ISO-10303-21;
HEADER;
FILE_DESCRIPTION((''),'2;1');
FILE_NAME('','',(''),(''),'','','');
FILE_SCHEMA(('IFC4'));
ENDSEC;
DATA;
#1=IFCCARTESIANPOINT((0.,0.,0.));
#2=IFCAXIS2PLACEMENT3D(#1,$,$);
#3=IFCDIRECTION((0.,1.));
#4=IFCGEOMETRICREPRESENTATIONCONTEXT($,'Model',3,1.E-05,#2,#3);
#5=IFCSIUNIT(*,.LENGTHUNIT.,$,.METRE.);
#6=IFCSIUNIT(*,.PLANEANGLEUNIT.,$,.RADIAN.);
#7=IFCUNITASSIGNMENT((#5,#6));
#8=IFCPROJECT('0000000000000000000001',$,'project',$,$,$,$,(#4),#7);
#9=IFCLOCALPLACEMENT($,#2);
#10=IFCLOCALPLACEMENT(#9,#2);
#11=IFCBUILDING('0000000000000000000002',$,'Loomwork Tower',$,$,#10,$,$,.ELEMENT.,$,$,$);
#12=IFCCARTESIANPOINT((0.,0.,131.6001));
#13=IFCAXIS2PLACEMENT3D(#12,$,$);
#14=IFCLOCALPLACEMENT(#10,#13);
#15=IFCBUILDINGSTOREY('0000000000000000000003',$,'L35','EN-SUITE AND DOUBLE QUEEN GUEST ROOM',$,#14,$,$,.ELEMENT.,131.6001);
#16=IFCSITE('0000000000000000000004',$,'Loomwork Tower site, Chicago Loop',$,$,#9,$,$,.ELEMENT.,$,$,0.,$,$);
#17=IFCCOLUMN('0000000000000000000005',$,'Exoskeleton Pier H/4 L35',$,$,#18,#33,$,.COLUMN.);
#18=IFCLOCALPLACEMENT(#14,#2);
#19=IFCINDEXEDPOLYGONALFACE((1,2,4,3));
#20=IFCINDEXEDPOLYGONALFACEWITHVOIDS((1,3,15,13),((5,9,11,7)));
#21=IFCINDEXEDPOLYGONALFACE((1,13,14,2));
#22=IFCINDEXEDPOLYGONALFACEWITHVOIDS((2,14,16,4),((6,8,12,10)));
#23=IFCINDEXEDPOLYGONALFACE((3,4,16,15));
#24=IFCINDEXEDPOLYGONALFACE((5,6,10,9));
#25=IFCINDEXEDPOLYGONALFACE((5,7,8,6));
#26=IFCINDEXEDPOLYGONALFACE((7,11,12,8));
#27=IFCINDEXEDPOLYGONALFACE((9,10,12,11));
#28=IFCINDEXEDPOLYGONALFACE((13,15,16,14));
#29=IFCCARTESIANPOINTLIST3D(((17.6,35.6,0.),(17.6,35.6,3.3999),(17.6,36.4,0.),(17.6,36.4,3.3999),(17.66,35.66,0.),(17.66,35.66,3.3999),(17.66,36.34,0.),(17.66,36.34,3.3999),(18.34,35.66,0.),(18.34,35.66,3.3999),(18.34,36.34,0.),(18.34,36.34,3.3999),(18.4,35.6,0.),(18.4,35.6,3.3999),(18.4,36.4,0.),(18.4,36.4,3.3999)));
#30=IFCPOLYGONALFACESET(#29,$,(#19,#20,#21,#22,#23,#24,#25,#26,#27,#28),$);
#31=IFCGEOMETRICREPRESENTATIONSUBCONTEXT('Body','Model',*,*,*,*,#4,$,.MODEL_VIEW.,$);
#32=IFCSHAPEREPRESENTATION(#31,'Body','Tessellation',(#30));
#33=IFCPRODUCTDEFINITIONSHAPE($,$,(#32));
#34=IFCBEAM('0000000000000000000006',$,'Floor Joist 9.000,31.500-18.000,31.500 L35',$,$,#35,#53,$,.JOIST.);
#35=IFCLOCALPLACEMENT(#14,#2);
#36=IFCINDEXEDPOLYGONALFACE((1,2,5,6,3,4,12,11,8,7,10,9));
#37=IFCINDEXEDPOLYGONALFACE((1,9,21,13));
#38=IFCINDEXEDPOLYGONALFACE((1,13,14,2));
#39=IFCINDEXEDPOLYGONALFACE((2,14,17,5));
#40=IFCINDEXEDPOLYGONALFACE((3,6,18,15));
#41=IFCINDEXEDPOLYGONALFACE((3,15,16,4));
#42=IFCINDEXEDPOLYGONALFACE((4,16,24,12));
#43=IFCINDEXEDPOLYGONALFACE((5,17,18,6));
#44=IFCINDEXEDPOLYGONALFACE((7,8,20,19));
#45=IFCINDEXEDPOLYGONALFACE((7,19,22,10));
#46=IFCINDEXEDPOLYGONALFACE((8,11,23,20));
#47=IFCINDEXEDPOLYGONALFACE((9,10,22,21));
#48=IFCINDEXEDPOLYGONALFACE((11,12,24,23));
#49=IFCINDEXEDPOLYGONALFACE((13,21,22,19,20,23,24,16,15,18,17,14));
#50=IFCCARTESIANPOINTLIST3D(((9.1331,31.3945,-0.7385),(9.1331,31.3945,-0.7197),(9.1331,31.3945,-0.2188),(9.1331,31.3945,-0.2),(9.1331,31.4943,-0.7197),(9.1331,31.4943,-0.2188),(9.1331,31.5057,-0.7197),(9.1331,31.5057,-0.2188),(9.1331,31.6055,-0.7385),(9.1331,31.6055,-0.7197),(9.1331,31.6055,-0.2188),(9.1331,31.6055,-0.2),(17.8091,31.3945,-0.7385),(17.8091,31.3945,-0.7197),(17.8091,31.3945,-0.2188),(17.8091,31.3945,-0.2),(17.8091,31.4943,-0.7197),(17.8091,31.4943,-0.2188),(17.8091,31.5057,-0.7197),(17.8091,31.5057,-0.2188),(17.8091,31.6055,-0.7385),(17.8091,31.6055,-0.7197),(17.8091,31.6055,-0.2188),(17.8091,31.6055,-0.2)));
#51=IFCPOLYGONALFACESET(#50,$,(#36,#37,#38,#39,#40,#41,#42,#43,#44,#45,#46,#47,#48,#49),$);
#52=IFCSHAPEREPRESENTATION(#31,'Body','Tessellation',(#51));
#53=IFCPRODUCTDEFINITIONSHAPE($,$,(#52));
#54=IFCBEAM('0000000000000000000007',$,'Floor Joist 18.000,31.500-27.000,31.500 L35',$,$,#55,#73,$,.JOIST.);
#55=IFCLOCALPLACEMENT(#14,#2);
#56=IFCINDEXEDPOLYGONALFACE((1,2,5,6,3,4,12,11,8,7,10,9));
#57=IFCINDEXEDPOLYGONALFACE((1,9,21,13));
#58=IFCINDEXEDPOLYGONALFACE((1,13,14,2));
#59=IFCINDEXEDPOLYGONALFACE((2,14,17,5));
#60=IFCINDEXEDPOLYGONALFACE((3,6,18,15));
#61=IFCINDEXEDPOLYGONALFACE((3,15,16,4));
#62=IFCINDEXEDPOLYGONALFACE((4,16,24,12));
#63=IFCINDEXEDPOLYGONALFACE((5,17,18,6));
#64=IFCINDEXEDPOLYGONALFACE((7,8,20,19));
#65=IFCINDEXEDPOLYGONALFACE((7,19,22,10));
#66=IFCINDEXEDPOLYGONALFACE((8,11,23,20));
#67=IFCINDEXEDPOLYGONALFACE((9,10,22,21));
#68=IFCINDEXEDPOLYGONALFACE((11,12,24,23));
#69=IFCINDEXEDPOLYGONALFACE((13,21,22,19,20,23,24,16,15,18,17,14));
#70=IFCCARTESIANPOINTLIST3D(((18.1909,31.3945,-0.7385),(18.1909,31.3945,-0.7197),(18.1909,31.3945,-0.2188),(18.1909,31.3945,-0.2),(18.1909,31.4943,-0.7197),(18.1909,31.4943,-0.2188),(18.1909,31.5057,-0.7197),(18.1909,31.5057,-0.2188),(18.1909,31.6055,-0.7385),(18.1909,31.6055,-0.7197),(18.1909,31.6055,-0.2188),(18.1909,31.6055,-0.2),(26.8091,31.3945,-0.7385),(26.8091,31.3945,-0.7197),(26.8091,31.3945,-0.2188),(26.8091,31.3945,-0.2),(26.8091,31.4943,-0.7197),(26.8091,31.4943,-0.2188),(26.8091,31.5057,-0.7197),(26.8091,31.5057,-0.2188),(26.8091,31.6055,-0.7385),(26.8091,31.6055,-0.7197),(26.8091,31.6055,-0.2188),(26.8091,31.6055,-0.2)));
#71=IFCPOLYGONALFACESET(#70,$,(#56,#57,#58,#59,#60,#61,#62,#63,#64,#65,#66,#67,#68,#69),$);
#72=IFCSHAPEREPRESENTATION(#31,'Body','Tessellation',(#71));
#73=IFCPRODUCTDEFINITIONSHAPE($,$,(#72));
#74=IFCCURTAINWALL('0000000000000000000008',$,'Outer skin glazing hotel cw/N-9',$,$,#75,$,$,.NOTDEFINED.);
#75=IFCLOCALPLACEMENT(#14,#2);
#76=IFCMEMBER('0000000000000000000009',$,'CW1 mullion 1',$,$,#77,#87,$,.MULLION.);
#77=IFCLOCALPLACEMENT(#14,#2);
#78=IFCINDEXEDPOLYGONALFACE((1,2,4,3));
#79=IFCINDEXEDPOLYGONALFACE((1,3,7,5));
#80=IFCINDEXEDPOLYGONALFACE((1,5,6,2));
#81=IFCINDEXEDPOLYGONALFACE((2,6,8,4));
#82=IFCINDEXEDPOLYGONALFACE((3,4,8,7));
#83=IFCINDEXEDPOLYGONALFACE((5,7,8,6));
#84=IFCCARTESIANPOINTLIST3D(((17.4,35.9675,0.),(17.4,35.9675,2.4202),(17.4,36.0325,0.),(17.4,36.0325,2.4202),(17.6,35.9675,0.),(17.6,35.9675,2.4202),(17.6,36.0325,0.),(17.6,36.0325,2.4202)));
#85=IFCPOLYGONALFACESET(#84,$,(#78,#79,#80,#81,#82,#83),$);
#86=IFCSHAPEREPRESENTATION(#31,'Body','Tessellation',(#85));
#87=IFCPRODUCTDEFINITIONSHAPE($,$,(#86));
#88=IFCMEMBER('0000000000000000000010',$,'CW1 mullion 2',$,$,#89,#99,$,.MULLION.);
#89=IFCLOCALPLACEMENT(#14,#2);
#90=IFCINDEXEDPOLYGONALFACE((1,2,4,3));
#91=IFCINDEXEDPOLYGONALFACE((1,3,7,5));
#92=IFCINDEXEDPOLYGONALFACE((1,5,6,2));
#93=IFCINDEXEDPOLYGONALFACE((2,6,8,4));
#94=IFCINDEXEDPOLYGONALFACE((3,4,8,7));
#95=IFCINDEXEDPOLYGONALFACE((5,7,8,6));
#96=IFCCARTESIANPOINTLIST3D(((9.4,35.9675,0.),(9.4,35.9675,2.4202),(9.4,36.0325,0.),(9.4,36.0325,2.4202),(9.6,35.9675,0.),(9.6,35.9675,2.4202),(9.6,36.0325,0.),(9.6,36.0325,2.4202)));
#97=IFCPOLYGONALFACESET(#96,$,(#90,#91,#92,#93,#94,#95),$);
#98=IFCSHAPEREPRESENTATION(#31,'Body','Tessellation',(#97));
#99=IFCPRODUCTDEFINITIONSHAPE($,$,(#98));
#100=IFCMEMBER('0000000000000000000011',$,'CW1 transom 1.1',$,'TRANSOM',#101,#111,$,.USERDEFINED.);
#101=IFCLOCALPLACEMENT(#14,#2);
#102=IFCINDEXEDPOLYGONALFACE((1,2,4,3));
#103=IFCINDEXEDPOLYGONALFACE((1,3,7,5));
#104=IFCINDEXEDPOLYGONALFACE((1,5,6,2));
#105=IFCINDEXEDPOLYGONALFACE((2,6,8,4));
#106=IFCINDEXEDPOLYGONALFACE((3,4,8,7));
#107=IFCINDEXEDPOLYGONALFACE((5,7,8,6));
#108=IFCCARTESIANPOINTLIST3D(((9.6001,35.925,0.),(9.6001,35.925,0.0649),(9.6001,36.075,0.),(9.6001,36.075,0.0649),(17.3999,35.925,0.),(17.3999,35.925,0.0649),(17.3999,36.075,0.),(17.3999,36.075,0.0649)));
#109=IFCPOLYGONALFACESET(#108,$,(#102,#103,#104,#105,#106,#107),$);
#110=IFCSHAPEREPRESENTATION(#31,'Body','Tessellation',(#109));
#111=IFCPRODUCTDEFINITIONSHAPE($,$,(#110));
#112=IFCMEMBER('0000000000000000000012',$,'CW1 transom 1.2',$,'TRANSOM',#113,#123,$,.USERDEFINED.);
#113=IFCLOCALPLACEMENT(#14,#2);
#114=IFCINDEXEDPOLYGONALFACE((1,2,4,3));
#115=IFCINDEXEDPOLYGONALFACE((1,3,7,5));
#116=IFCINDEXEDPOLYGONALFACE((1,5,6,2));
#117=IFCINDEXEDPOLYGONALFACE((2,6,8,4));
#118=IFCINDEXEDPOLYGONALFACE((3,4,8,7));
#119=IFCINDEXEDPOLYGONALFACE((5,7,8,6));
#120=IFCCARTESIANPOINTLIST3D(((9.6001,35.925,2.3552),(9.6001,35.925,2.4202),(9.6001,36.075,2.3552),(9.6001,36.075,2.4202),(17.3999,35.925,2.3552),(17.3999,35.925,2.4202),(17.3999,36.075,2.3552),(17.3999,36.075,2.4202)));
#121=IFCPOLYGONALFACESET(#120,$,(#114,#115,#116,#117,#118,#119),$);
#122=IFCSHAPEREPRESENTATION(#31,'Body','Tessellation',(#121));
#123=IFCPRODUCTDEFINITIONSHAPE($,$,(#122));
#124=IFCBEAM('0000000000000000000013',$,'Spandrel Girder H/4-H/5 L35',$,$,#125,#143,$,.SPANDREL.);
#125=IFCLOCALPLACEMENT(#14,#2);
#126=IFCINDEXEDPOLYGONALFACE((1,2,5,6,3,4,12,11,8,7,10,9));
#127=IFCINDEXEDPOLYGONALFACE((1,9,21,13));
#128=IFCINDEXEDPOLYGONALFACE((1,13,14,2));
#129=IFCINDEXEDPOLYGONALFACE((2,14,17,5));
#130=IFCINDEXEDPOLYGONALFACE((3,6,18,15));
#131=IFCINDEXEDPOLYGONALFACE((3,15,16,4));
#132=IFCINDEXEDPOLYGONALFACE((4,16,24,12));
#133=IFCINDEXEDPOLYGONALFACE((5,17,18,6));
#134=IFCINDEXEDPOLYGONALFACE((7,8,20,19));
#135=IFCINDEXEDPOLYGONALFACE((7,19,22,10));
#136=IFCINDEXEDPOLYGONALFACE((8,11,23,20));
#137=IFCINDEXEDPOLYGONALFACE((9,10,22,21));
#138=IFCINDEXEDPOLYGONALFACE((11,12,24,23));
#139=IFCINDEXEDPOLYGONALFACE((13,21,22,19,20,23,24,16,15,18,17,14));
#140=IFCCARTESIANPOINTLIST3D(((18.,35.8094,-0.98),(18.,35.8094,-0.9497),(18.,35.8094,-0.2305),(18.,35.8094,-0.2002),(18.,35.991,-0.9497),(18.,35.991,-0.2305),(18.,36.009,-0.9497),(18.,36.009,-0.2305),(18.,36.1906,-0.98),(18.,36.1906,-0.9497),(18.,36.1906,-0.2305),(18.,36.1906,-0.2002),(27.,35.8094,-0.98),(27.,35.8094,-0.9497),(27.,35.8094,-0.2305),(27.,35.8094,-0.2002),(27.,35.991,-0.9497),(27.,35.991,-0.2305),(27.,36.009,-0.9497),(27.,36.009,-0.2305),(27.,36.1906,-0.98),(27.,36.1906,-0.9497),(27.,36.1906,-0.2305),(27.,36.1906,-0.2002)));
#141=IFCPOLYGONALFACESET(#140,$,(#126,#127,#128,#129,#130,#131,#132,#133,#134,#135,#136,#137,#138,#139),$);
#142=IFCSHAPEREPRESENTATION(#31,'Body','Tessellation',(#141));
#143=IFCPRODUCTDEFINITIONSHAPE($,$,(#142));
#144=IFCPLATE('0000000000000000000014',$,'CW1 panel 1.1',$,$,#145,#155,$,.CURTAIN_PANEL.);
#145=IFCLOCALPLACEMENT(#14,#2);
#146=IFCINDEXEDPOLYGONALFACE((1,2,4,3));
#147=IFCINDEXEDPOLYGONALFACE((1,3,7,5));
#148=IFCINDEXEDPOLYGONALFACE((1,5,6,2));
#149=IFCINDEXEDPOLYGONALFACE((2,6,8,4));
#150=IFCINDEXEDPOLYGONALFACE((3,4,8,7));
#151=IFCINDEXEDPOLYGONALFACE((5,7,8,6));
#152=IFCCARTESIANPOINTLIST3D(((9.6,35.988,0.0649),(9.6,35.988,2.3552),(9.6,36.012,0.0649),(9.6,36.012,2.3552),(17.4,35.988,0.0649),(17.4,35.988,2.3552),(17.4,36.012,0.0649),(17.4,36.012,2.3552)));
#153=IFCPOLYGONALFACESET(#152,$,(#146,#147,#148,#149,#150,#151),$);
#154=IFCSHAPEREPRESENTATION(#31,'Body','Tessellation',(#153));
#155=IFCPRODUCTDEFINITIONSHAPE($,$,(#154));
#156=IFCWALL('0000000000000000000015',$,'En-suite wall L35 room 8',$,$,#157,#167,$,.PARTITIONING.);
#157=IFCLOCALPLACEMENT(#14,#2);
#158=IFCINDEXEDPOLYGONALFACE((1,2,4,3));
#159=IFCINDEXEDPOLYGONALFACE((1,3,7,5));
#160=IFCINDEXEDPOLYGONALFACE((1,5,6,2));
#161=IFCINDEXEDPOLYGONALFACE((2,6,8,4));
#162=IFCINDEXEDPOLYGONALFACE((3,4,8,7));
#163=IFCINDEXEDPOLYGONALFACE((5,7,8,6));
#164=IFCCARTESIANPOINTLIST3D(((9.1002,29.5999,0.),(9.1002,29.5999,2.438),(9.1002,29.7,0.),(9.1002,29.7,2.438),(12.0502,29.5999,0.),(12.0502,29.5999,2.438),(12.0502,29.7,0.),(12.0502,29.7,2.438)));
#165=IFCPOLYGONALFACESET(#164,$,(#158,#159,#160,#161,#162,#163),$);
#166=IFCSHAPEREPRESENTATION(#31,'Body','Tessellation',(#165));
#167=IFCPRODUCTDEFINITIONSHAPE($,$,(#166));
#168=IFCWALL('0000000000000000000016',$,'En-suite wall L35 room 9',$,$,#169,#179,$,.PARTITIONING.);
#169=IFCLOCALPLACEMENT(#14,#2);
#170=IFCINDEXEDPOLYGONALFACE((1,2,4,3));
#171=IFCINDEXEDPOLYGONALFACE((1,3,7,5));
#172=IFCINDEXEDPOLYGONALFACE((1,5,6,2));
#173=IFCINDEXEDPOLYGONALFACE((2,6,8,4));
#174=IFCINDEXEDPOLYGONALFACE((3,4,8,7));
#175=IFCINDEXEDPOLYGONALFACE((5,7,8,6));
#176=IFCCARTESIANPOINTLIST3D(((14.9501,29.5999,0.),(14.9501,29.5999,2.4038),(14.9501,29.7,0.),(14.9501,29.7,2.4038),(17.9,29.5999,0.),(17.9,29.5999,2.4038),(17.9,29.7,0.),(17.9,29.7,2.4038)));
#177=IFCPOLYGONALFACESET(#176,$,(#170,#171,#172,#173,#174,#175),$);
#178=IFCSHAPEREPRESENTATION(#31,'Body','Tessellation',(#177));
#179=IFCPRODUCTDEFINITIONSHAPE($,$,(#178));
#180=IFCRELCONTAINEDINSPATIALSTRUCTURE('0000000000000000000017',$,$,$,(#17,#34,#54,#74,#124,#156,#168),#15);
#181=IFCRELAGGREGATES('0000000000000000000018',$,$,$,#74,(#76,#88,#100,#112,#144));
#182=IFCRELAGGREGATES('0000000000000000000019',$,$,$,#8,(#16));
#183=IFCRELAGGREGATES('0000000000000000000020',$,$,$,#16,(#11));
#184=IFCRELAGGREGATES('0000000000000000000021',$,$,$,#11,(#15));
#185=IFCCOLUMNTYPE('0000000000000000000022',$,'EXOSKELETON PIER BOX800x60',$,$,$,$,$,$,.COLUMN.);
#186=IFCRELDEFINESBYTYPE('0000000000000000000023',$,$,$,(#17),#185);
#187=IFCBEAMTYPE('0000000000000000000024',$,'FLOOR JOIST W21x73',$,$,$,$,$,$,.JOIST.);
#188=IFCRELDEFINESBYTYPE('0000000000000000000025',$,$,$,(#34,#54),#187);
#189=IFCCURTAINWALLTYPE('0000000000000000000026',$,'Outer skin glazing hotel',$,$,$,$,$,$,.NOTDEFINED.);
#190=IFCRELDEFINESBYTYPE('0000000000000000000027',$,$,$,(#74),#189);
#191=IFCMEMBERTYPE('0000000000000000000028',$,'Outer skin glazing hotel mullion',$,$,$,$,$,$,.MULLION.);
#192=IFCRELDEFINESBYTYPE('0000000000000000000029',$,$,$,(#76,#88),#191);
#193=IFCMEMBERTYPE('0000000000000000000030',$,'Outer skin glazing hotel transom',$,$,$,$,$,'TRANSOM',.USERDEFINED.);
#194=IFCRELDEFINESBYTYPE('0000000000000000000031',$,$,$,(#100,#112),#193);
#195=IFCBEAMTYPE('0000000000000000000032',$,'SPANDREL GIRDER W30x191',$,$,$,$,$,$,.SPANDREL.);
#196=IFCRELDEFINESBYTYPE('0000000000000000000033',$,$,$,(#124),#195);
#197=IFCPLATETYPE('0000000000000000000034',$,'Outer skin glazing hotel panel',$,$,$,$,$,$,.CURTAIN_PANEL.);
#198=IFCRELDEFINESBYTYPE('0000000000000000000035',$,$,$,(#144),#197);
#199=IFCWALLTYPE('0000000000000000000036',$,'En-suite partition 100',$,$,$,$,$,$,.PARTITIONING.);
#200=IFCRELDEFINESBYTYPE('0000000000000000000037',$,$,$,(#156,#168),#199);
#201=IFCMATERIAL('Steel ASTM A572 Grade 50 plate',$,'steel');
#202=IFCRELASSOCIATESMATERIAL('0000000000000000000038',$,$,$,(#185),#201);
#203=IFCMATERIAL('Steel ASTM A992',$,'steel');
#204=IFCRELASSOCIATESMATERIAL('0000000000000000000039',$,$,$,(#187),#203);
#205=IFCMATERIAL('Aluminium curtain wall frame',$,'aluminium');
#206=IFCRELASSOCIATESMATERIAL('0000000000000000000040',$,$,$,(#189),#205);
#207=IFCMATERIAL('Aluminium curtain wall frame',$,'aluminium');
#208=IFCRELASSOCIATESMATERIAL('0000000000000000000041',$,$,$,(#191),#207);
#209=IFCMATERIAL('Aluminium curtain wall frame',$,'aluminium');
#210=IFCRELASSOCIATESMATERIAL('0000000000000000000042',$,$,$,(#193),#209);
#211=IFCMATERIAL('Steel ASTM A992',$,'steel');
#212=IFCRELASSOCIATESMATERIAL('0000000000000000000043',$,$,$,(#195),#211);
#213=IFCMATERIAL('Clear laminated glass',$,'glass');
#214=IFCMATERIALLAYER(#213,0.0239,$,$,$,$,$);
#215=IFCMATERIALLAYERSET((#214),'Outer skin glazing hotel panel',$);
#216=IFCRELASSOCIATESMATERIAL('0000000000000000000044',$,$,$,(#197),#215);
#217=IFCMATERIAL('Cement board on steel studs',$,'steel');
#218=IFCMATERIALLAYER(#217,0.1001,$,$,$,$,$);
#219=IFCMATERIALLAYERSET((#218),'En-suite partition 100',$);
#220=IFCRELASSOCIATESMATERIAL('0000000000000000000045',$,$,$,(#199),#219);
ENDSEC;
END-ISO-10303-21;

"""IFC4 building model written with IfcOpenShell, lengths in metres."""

from ifc_helpers import new_model, si_unit, direction, frame, frame_2d, origin, origin_2d, place, context, subcontext, project, spatial, rectangle, hollow_rectangle, i_section, extrude, material, layer, layer_set, material_profile, profile_set, type_object, element, aggregate, save


model = new_model("IFC4")

# Units and contexts
model_context = context("Model", 3, precision=1e-05, world=origin(), true_north=direction((0.0, 1.0)))
body_context = subcontext(model_context, "Body", "Model", "MODEL_VIEW")
ifc_project = project(units=[si_unit("LENGTHUNIT", "METRE"), si_unit("PLANEANGLEUNIT", "RADIAN")], contexts=[model_context])

# Site, building, storey
site_placement = place(None, origin())
site = spatial("IfcSite", under=ifc_project, at=site_placement, Name="Loomwork Tower site, Chicago Loop", CompositionType="ELEMENT", RefElevation=0.0)
building_placement = place(site_placement, origin())
building = spatial("IfcBuilding", under=site, at=building_placement, Name="Loomwork Tower", CompositionType="ELEMENT")
storey_placement = place(building_placement, frame((0.0, 0.0, 131.6001)))
storey = spatial("IfcBuildingStorey", under=building, at=storey_placement, Name="L35", Description="EN-SUITE AND DOUBLE QUEEN GUEST ROOM", CompositionType="ELEMENT", Elevation=131.6001)

# Column
ifc_material_1 = material(Name="Steel ASTM A572 Grade 50 plate", Category="steel")
ifc_material_profile_1 = material_profile(ifc_material_1, hollow_rectangle(XDim=0.8, YDim=0.8, WallThickness=0.0601, at=origin_2d()), Name="BOX800x60")
ifc_profile_set_1 = profile_set([ifc_material_profile_1], Name="Steel ASTM A572 Grade 50 plate")
column_type = type_object("IfcColumnType", Name="EXOSKELETON PIER BOX800x60", PredefinedType="COLUMN", material=ifc_profile_set_1)
column_placement = place(storey_placement, frame((18.0, 36.0, 0.0), z_axis=(0.0, 0.0, 1.0), x_axis=(1.0, 0.0, 0.0)))
element("IfcColumn", 1, at=column_placement, inside=storey, type_object=column_type, Name="Exoskeleton Pier H/4 L35", PredefinedType="COLUMN", context=body_context, shape_type="SweptSolid", body=[
    extrude(hollow_rectangle(XDim=0.8, YDim=0.8, WallThickness=0.0601, at=origin_2d()), origin(), (0.0, 0.0, 1.0), 3.3999),
])

# Beams
ifc_material_2 = material(Name="Steel ASTM A992", Category="steel")
ifc_material_profile_2 = material_profile(ifc_material_2, i_section(OverallWidth=0.2109, OverallDepth=0.5386, WebThickness=0.0115, FlangeThickness=0.0188, at=origin_2d()), Name="W21x73")
ifc_profile_set_2 = profile_set([ifc_material_profile_2], Name="Steel ASTM A992")
beam_type_1 = type_object("IfcBeamType", Name="FLOOR JOIST W21x73", PredefinedType="JOIST", material=ifc_profile_set_2)
beam_1_placement = place(storey_placement, frame((9.1331, 31.5, -0.4692), z_axis=(1.0, 0.0, 0.0), x_axis=(0.0, 1.0, 0.0)))
element("IfcBeam", 2, at=beam_1_placement, inside=storey, type_object=beam_type_1, Name="Floor Joist 9.000,31.500-18.000,31.500 L35", PredefinedType="JOIST", context=body_context, shape_type="SweptSolid", body=[
    extrude(i_section(OverallWidth=0.2109, OverallDepth=0.5386, WebThickness=0.0115, FlangeThickness=0.0188, at=origin_2d()), origin(), (0.0, 0.0, 1.0), 8.676),
])
beam_2_placement = place(storey_placement, frame((18.1909, 31.5, -0.4692), z_axis=(1.0, 0.0, 0.0), x_axis=(0.0, 1.0, 0.0)))
element("IfcBeam", 3, at=beam_2_placement, inside=storey, type_object=beam_type_1, Name="Floor Joist 18.000,31.500-27.000,31.500 L35", PredefinedType="JOIST", context=body_context, shape_type="SweptSolid", body=[
    extrude(i_section(OverallWidth=0.2109, OverallDepth=0.5386, WebThickness=0.0115, FlangeThickness=0.0188, at=origin_2d()), origin(), (0.0, 0.0, 1.0), 8.6182),
])

# Curtain wall, members
ifc_material_3 = material(Name="Aluminium curtain wall frame", Category="aluminium")
curtain_wall_type = type_object("IfcCurtainWallType", Name="Outer skin glazing hotel", PredefinedType="NOTDEFINED", material=ifc_material_3)
curtain_wall_placement = place(storey_placement, origin())
curtain_wall = element("IfcCurtainWall", 4, at=curtain_wall_placement, inside=storey, type_object=curtain_wall_type, Name="Outer skin glazing hotel cw/N-9", PredefinedType="NOTDEFINED")
ifc_material_4 = material(Name="Aluminium curtain wall frame", Category="aluminium")
ifc_material_profile_3 = material_profile(ifc_material_4, rectangle(XDim=0.0649, YDim=0.2, at=origin_2d()), Name="AL 65x200")
ifc_profile_set_3 = profile_set([ifc_material_profile_3], Name="Aluminium curtain wall frame")
member_type_1 = type_object("IfcMemberType", Name="Outer skin glazing hotel mullion", PredefinedType="MULLION", material=ifc_profile_set_3)
member_1_placement = place(storey_placement, frame((17.5, 36.0, 0.0), z_axis=(0.0, 0.0, 1.0), x_axis=(0.0, -1.0, 0.0)))
member_1 = element("IfcMember", 5, at=member_1_placement, type_object=member_type_1, Name="CW1 mullion 1", PredefinedType="MULLION", context=body_context, shape_type="SweptSolid", body=[
    extrude(rectangle(XDim=0.0649, YDim=0.2, at=origin_2d()), origin(), (0.0, 0.0, 1.0), 2.4202),
])
member_2_placement = place(storey_placement, frame((9.5, 36.0, 0.0), z_axis=(0.0, 0.0, 1.0), x_axis=(0.0, -1.0, 0.0)))
member_2 = element("IfcMember", 6, at=member_2_placement, type_object=member_type_1, Name="CW1 mullion 2", PredefinedType="MULLION", context=body_context, shape_type="SweptSolid", body=[
    extrude(rectangle(XDim=0.0649, YDim=0.2, at=origin_2d()), origin(), (0.0, 0.0, 1.0), 2.4202),
])
ifc_material_5 = material(Name="Aluminium curtain wall frame", Category="aluminium")
ifc_material_profile_4 = material_profile(ifc_material_5, rectangle(XDim=0.1499, YDim=0.0649, at=origin_2d()), Name="AL 65x150")
ifc_profile_set_4 = profile_set([ifc_material_profile_4], Name="Aluminium curtain wall frame")
member_type_2 = type_object("IfcMemberType", Name="Outer skin glazing hotel transom", ElementType="TRANSOM", PredefinedType="USERDEFINED", material=ifc_profile_set_4)
member_3_placement = place(storey_placement, frame((17.3999, 36.0, 0.0325), z_axis=(-1.0, 0.0, 0.0), x_axis=(0.0, -1.0, 0.0)))
member_3 = element("IfcMember", 7, at=member_3_placement, type_object=member_type_2, Name="CW1 transom 1.1", ObjectType="TRANSOM", PredefinedType="USERDEFINED", context=body_context, shape_type="SweptSolid", body=[
    extrude(rectangle(XDim=0.1499, YDim=0.0649, at=origin_2d()), origin(), (0.0, 0.0, 1.0), 7.7998),
])
member_4_placement = place(storey_placement, frame((17.3999, 36.0, 2.3877), z_axis=(-1.0, 0.0, 0.0), x_axis=(0.0, -1.0, 0.0)))
member_4 = element("IfcMember", 8, at=member_4_placement, type_object=member_type_2, Name="CW1 transom 1.2", ObjectType="TRANSOM", PredefinedType="USERDEFINED", context=body_context, shape_type="SweptSolid", body=[
    extrude(rectangle(XDim=0.1499, YDim=0.0649, at=origin_2d()), origin(), (0.0, 0.0, 1.0), 7.7998),
])

# Beam
ifc_material_6 = material(Name="Steel ASTM A992", Category="steel")
ifc_material_profile_5 = material_profile(ifc_material_6, i_section(OverallWidth=0.3811, OverallDepth=0.7798, WebThickness=0.0181, FlangeThickness=0.0303, at=origin_2d()), Name="W30x191")
ifc_profile_set_5 = profile_set([ifc_material_profile_5], Name="Steel ASTM A992")
beam_type_2 = type_object("IfcBeamType", Name="SPANDREL GIRDER W30x191", PredefinedType="SPANDREL", material=ifc_profile_set_5)
beam_3_placement = place(storey_placement, frame((18.0, 36.0, -0.5901), z_axis=(1.0, 0.0, 0.0), x_axis=(0.0, 1.0, 0.0)))
element("IfcBeam", 9, at=beam_3_placement, inside=storey, type_object=beam_type_2, Name="Spandrel Girder H/4-H/5 L35", PredefinedType="SPANDREL", context=body_context, shape_type="SweptSolid", body=[
    extrude(i_section(OverallWidth=0.3811, OverallDepth=0.7798, WebThickness=0.0181, FlangeThickness=0.0303, at=origin_2d()), origin(), (0.0, 0.0, 1.0), 9.0),
])

# Plate
ifc_material_7 = material(Name="Clear laminated glass", Category="glass")
ifc_layer_1 = layer(ifc_material_7, 0.0239)
ifc_layer_set_1 = layer_set([ifc_layer_1], Name="Outer skin glazing hotel panel")
plate_type = type_object("IfcPlateType", Name="Outer skin glazing hotel panel", PredefinedType="CURTAIN_PANEL", material=ifc_layer_set_1)
plate_placement = place(storey_placement, frame((13.5, 36.0, 0.0649), z_axis=(0.0, 0.0, 1.0), x_axis=(-1.0, 0.0, 0.0)))
plate = element("IfcPlate", 10, at=plate_placement, type_object=plate_type, Name="CW1 panel 1.1", PredefinedType="CURTAIN_PANEL", context=body_context, shape_type="SweptSolid", body=[
    extrude(rectangle(XDim=7.8, YDim=0.0239, at=origin_2d()), origin(), (0.0, 0.0, 1.0), 2.2903),
])
aggregate(curtain_wall, [member_1, member_2, member_3, member_4, plate])

# Walls
ifc_material_8 = material(Name="Cement board on steel studs", Category="steel")
ifc_layer_2 = layer(ifc_material_8, 0.1001)
ifc_layer_set_2 = layer_set([ifc_layer_2], Name="En-suite partition 100")
wall_type_1 = type_object("IfcWallType", Name="En-suite partition 100", PredefinedType="PARTITIONING", material=ifc_layer_set_2)
wall_1_placement = place(storey_placement, frame((9.1001, 29.6499, 0.0), z_axis=(0.0, 0.0, 1.0), x_axis=(1.0, 0.0, 0.0)))
element("IfcWall", 11, at=wall_1_placement, inside=storey, type_object=wall_type_1, Name="En-suite wall L35 room 8", PredefinedType="PARTITIONING", context=body_context, shape_type="SweptSolid", body=[
    extrude(rectangle(XDim=2.95, YDim=0.1001, at=frame_2d((1.4751, 0.0))), origin(), (0.0, 0.0, 1.0), 2.438),
])
for number, where, z_axis, x_axis, name in (
    (12, (14.95, 29.6499, 0.0), (0.0, 0.0, 1.0), (1.0, 0.0, 0.0), "En-suite wall L35 room 9"),
):
    element("IfcWall", number, at=place(storey_placement, frame(where, z_axis=z_axis, x_axis=x_axis)), inside=storey, type_object=wall_type_1, Name=name, PredefinedType="PARTITIONING", context=body_context, shape_type="SweptSolid", body=[
        extrude(rectangle(XDim=2.95, YDim=0.1001, at=frame_2d((1.4751, 0.0))), origin(), (0.0, 0.0, 1.0), 2.4038),
    ])

save(model, "model.ifc")
